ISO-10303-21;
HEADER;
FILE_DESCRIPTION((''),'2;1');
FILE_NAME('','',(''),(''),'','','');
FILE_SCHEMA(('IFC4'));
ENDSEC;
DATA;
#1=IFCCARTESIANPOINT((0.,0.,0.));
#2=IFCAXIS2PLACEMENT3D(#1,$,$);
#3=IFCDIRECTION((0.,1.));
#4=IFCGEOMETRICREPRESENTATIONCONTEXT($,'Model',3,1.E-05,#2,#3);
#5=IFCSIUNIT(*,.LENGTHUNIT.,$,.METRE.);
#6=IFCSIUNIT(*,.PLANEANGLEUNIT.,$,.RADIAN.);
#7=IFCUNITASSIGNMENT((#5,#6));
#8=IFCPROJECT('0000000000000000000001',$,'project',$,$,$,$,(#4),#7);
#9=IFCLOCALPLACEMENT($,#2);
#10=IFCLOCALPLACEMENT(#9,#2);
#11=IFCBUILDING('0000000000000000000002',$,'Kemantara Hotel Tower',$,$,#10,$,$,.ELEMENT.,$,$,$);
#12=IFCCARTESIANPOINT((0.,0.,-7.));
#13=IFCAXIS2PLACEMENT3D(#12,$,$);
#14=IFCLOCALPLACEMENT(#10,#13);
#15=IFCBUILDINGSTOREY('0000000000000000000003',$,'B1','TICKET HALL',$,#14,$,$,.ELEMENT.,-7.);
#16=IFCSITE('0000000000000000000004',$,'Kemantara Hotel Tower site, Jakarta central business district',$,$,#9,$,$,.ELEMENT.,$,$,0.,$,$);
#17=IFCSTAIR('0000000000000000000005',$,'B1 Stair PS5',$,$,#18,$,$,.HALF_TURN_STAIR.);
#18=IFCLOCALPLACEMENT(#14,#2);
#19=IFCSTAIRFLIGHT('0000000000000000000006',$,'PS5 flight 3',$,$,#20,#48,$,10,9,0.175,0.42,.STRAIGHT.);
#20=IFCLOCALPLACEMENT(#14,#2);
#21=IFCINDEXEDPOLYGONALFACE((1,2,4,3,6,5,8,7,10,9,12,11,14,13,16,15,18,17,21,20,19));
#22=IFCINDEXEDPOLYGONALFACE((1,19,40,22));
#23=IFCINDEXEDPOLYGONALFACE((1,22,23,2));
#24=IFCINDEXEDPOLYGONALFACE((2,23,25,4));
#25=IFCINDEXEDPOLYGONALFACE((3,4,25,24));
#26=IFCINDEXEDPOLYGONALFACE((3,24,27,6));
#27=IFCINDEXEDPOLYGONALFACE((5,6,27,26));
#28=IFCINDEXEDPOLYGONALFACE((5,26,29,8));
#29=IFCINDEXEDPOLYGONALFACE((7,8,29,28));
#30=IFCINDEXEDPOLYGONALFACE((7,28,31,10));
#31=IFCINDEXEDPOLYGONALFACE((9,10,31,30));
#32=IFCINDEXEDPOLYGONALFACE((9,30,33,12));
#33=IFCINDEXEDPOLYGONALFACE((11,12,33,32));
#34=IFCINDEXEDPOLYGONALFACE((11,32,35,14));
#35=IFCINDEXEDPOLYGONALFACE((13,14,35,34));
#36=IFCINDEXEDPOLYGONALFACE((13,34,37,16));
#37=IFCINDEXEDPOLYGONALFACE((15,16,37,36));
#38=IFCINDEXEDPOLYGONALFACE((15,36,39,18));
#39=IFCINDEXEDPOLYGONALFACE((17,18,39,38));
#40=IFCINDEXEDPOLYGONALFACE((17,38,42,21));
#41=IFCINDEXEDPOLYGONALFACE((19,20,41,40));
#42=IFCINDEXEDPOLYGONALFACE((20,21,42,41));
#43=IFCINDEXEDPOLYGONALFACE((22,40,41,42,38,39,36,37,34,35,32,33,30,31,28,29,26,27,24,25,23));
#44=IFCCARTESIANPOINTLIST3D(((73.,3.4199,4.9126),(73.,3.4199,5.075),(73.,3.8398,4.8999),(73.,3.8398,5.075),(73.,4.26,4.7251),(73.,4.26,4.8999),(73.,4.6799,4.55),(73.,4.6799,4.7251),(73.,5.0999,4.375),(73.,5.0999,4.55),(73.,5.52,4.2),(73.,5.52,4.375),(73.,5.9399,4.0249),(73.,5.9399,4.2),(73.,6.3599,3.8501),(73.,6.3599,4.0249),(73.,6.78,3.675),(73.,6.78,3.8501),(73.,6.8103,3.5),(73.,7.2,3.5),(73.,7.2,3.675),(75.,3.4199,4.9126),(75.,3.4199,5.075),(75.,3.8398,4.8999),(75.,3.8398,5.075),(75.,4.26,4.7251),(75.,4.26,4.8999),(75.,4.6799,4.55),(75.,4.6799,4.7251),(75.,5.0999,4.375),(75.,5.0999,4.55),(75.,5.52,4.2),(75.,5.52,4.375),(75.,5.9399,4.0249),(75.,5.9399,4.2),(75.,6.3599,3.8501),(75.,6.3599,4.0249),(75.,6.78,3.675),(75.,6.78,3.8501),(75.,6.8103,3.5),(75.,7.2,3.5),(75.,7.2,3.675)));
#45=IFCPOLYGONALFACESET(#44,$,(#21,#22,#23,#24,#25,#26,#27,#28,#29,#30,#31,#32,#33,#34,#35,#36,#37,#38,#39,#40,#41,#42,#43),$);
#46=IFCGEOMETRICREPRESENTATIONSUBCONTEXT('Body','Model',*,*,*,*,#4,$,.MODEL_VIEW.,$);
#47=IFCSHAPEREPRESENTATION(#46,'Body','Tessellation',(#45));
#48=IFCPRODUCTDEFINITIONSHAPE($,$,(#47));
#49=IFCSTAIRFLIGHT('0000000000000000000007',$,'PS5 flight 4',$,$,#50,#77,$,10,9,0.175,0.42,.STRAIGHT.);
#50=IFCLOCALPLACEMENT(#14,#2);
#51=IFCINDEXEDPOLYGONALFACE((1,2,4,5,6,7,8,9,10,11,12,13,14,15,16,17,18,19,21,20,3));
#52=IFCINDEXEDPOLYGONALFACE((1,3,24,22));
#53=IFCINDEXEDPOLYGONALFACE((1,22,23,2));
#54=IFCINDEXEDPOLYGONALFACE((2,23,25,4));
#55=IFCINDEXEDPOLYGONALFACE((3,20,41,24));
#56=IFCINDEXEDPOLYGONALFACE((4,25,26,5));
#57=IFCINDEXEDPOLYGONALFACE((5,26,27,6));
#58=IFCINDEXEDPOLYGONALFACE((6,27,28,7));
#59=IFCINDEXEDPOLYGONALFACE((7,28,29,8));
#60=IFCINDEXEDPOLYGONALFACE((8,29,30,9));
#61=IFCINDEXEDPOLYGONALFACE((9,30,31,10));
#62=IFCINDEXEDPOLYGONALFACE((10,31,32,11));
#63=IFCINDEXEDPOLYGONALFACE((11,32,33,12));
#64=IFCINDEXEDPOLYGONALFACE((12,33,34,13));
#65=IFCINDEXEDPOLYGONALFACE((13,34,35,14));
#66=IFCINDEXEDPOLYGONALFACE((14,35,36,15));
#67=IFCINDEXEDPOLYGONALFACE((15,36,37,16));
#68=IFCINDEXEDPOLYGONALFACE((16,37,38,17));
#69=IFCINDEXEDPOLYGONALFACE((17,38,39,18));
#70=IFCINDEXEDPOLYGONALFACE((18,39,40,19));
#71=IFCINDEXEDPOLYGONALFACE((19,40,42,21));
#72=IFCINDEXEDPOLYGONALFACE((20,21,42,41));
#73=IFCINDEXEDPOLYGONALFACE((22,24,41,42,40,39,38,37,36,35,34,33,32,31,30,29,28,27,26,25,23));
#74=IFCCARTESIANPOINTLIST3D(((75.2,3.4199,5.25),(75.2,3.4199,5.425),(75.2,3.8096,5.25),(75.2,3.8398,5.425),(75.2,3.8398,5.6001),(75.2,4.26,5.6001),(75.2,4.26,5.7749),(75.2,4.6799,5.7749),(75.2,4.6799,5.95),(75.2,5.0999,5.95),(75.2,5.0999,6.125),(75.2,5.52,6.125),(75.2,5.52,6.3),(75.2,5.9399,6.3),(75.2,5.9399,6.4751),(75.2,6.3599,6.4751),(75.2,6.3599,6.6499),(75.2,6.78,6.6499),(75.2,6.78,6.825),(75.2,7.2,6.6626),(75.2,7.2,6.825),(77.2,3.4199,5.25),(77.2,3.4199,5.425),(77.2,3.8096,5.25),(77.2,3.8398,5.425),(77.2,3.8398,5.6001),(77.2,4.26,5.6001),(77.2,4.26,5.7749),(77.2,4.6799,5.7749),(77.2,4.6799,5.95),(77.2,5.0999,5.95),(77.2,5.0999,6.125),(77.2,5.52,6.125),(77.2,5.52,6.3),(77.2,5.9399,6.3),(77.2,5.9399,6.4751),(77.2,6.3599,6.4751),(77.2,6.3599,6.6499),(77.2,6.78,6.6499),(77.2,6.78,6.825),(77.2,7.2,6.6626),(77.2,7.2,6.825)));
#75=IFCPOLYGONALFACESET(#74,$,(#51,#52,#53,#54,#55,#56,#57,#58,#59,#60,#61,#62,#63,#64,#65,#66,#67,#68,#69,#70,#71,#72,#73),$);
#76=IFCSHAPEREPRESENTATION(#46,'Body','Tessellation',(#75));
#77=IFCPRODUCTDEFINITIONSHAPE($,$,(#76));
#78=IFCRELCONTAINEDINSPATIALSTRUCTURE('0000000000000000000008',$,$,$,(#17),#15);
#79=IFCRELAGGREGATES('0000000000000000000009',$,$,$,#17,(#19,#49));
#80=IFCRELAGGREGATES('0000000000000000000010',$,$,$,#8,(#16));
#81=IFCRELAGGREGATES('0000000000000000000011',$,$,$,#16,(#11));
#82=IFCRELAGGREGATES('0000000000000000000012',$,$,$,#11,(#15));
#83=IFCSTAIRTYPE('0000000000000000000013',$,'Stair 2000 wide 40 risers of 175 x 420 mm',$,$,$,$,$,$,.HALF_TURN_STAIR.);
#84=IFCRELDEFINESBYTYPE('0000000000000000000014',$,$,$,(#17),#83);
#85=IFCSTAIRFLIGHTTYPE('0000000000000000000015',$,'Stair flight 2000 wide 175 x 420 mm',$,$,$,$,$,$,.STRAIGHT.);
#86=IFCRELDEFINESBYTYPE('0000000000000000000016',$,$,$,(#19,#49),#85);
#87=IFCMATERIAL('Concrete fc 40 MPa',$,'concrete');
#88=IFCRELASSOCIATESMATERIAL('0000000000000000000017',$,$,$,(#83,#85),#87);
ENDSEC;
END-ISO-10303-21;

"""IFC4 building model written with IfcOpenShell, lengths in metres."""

from ifc_helpers import new_model, si_unit, direction, frame, origin, place, context, subcontext, project, spatial, polyline, outline, extrude, material, type_object, element, aggregate, save


model = new_model("IFC4")

# Units and contexts
model_context = context("Model", 3, precision=1e-05, world=origin(), true_north=direction((0.0, 1.0)))
body_context = subcontext(model_context, "Body", "Model", "MODEL_VIEW")
ifc_project = project(units=[si_unit("LENGTHUNIT", "METRE"), si_unit("PLANEANGLEUNIT", "RADIAN")], contexts=[model_context])

# Site, building, storey
site_placement = place(None, origin())
site = spatial("IfcSite", under=ifc_project, at=site_placement, Name="Kemantara Hotel Tower site, Jakarta central business district", CompositionType="ELEMENT", RefElevation=0.0)
building_placement = place(site_placement, origin())
building = spatial("IfcBuilding", under=site, at=building_placement, Name="Kemantara Hotel Tower", CompositionType="ELEMENT")
storey_placement = place(building_placement, frame((0.0, 0.0, -7.0)))
storey = spatial("IfcBuildingStorey", under=building, at=storey_placement, Name="B1", Description="TICKET HALL", CompositionType="ELEMENT", Elevation=-7.0)

# Shared definitions
ifc_material_1 = material(Name="Concrete fc 40 MPa", Category="concrete")

# Stair, stair flights
stair_type_1 = type_object("IfcStairType", Name="Stair 2000 wide 40 risers of 175 x 420 mm", PredefinedType="HALF_TURN_STAIR", material=ifc_material_1)
stair_1_placement = place(storey_placement, origin())
stair_1 = element("IfcStair", 1, at=stair_1_placement, inside=storey, type_object=stair_type_1, Name="B1 Stair PS5", PredefinedType="HALF_TURN_STAIR")
stair_flight_type_1 = type_object("IfcStairFlightType", Name="Stair flight 2000 wide 175 x 420 mm", PredefinedType="STRAIGHT", material=ifc_material_1)
stair_flight_1_placement = place(storey_placement, frame((74.0, 7.2, 3.5), z_axis=(0.0, 0.0, 1.0), x_axis=(0.0, -1.0, 0.0)))
stair_flight_1 = element("IfcStairFlight", 2, at=stair_flight_1_placement, type_object=stair_flight_type_1, Name="PS5 flight 3", NumberOfRisers=10, NumberOfTreads=9, PredefinedType="STRAIGHT", RiserHeight=0.175, TreadLength=0.42, context=body_context, shape_type="SweptSolid", body=[
    extrude(outline(polyline([(0.0, 0.0), (0.0, 0.175), (0.4199, 0.175), (0.4199, 0.3501), (0.8401, 0.3501), (0.8401, 0.5249), (1.26, 0.5249), (1.26, 0.7), (1.6799, 0.7), (1.6799, 0.875), (2.1001, 0.875), (2.1001, 1.05), (2.52, 1.05), (2.52, 1.2251), (2.9399, 1.2251), (2.9399, 1.3999), (3.3601, 1.3999), (3.3601, 1.575), (3.78, 1.575), (3.78, 1.75), (3.78, 1.4126), (0.3896, 0.0), (0.0, 0.0)])), frame((0.0, 1.0, 0.0), z_axis=(0.0, -1.0, 0.0), x_axis=(1.0, 0.0, 0.0)), (0.0, 0.0, 1.0), 2.0),
])
stair_flight_2_placement = place(storey_placement, frame((76.2, 3.4199, 5.25), z_axis=(0.0, 0.0, 1.0), x_axis=(0.0, 1.0, 0.0)))
stair_flight_2 = element("IfcStairFlight", 3, at=stair_flight_2_placement, type_object=stair_flight_type_1, Name="PS5 flight 4", NumberOfRisers=10, NumberOfTreads=9, PredefinedType="STRAIGHT", RiserHeight=0.175, TreadLength=0.42, context=body_context, shape_type="SweptSolid", body=[
    extrude(outline(polyline([(0.0, 0.0), (0.0, 0.175), (0.4199, 0.175), (0.4199, 0.3501), (0.8401, 0.3501), (0.8401, 0.5249), (1.26, 0.5249), (1.26, 0.7), (1.6799, 0.7), (1.6799, 0.875), (2.1001, 0.875), (2.1001, 1.05), (2.52, 1.05), (2.52, 1.2251), (2.9399, 1.2251), (2.9399, 1.3999), (3.3601, 1.3999), (3.3601, 1.575), (3.78, 1.575), (3.78, 1.75), (3.78, 1.4126), (0.3896, 0.0), (0.0, 0.0)])), frame((0.0, 1.0, 0.0), z_axis=(0.0, -1.0, 0.0), x_axis=(1.0, 0.0, 0.0)), (0.0, 0.0, 1.0), 2.0),
])
aggregate(stair_1, [stair_flight_1, stair_flight_2])

save(model, "model.ifc")
